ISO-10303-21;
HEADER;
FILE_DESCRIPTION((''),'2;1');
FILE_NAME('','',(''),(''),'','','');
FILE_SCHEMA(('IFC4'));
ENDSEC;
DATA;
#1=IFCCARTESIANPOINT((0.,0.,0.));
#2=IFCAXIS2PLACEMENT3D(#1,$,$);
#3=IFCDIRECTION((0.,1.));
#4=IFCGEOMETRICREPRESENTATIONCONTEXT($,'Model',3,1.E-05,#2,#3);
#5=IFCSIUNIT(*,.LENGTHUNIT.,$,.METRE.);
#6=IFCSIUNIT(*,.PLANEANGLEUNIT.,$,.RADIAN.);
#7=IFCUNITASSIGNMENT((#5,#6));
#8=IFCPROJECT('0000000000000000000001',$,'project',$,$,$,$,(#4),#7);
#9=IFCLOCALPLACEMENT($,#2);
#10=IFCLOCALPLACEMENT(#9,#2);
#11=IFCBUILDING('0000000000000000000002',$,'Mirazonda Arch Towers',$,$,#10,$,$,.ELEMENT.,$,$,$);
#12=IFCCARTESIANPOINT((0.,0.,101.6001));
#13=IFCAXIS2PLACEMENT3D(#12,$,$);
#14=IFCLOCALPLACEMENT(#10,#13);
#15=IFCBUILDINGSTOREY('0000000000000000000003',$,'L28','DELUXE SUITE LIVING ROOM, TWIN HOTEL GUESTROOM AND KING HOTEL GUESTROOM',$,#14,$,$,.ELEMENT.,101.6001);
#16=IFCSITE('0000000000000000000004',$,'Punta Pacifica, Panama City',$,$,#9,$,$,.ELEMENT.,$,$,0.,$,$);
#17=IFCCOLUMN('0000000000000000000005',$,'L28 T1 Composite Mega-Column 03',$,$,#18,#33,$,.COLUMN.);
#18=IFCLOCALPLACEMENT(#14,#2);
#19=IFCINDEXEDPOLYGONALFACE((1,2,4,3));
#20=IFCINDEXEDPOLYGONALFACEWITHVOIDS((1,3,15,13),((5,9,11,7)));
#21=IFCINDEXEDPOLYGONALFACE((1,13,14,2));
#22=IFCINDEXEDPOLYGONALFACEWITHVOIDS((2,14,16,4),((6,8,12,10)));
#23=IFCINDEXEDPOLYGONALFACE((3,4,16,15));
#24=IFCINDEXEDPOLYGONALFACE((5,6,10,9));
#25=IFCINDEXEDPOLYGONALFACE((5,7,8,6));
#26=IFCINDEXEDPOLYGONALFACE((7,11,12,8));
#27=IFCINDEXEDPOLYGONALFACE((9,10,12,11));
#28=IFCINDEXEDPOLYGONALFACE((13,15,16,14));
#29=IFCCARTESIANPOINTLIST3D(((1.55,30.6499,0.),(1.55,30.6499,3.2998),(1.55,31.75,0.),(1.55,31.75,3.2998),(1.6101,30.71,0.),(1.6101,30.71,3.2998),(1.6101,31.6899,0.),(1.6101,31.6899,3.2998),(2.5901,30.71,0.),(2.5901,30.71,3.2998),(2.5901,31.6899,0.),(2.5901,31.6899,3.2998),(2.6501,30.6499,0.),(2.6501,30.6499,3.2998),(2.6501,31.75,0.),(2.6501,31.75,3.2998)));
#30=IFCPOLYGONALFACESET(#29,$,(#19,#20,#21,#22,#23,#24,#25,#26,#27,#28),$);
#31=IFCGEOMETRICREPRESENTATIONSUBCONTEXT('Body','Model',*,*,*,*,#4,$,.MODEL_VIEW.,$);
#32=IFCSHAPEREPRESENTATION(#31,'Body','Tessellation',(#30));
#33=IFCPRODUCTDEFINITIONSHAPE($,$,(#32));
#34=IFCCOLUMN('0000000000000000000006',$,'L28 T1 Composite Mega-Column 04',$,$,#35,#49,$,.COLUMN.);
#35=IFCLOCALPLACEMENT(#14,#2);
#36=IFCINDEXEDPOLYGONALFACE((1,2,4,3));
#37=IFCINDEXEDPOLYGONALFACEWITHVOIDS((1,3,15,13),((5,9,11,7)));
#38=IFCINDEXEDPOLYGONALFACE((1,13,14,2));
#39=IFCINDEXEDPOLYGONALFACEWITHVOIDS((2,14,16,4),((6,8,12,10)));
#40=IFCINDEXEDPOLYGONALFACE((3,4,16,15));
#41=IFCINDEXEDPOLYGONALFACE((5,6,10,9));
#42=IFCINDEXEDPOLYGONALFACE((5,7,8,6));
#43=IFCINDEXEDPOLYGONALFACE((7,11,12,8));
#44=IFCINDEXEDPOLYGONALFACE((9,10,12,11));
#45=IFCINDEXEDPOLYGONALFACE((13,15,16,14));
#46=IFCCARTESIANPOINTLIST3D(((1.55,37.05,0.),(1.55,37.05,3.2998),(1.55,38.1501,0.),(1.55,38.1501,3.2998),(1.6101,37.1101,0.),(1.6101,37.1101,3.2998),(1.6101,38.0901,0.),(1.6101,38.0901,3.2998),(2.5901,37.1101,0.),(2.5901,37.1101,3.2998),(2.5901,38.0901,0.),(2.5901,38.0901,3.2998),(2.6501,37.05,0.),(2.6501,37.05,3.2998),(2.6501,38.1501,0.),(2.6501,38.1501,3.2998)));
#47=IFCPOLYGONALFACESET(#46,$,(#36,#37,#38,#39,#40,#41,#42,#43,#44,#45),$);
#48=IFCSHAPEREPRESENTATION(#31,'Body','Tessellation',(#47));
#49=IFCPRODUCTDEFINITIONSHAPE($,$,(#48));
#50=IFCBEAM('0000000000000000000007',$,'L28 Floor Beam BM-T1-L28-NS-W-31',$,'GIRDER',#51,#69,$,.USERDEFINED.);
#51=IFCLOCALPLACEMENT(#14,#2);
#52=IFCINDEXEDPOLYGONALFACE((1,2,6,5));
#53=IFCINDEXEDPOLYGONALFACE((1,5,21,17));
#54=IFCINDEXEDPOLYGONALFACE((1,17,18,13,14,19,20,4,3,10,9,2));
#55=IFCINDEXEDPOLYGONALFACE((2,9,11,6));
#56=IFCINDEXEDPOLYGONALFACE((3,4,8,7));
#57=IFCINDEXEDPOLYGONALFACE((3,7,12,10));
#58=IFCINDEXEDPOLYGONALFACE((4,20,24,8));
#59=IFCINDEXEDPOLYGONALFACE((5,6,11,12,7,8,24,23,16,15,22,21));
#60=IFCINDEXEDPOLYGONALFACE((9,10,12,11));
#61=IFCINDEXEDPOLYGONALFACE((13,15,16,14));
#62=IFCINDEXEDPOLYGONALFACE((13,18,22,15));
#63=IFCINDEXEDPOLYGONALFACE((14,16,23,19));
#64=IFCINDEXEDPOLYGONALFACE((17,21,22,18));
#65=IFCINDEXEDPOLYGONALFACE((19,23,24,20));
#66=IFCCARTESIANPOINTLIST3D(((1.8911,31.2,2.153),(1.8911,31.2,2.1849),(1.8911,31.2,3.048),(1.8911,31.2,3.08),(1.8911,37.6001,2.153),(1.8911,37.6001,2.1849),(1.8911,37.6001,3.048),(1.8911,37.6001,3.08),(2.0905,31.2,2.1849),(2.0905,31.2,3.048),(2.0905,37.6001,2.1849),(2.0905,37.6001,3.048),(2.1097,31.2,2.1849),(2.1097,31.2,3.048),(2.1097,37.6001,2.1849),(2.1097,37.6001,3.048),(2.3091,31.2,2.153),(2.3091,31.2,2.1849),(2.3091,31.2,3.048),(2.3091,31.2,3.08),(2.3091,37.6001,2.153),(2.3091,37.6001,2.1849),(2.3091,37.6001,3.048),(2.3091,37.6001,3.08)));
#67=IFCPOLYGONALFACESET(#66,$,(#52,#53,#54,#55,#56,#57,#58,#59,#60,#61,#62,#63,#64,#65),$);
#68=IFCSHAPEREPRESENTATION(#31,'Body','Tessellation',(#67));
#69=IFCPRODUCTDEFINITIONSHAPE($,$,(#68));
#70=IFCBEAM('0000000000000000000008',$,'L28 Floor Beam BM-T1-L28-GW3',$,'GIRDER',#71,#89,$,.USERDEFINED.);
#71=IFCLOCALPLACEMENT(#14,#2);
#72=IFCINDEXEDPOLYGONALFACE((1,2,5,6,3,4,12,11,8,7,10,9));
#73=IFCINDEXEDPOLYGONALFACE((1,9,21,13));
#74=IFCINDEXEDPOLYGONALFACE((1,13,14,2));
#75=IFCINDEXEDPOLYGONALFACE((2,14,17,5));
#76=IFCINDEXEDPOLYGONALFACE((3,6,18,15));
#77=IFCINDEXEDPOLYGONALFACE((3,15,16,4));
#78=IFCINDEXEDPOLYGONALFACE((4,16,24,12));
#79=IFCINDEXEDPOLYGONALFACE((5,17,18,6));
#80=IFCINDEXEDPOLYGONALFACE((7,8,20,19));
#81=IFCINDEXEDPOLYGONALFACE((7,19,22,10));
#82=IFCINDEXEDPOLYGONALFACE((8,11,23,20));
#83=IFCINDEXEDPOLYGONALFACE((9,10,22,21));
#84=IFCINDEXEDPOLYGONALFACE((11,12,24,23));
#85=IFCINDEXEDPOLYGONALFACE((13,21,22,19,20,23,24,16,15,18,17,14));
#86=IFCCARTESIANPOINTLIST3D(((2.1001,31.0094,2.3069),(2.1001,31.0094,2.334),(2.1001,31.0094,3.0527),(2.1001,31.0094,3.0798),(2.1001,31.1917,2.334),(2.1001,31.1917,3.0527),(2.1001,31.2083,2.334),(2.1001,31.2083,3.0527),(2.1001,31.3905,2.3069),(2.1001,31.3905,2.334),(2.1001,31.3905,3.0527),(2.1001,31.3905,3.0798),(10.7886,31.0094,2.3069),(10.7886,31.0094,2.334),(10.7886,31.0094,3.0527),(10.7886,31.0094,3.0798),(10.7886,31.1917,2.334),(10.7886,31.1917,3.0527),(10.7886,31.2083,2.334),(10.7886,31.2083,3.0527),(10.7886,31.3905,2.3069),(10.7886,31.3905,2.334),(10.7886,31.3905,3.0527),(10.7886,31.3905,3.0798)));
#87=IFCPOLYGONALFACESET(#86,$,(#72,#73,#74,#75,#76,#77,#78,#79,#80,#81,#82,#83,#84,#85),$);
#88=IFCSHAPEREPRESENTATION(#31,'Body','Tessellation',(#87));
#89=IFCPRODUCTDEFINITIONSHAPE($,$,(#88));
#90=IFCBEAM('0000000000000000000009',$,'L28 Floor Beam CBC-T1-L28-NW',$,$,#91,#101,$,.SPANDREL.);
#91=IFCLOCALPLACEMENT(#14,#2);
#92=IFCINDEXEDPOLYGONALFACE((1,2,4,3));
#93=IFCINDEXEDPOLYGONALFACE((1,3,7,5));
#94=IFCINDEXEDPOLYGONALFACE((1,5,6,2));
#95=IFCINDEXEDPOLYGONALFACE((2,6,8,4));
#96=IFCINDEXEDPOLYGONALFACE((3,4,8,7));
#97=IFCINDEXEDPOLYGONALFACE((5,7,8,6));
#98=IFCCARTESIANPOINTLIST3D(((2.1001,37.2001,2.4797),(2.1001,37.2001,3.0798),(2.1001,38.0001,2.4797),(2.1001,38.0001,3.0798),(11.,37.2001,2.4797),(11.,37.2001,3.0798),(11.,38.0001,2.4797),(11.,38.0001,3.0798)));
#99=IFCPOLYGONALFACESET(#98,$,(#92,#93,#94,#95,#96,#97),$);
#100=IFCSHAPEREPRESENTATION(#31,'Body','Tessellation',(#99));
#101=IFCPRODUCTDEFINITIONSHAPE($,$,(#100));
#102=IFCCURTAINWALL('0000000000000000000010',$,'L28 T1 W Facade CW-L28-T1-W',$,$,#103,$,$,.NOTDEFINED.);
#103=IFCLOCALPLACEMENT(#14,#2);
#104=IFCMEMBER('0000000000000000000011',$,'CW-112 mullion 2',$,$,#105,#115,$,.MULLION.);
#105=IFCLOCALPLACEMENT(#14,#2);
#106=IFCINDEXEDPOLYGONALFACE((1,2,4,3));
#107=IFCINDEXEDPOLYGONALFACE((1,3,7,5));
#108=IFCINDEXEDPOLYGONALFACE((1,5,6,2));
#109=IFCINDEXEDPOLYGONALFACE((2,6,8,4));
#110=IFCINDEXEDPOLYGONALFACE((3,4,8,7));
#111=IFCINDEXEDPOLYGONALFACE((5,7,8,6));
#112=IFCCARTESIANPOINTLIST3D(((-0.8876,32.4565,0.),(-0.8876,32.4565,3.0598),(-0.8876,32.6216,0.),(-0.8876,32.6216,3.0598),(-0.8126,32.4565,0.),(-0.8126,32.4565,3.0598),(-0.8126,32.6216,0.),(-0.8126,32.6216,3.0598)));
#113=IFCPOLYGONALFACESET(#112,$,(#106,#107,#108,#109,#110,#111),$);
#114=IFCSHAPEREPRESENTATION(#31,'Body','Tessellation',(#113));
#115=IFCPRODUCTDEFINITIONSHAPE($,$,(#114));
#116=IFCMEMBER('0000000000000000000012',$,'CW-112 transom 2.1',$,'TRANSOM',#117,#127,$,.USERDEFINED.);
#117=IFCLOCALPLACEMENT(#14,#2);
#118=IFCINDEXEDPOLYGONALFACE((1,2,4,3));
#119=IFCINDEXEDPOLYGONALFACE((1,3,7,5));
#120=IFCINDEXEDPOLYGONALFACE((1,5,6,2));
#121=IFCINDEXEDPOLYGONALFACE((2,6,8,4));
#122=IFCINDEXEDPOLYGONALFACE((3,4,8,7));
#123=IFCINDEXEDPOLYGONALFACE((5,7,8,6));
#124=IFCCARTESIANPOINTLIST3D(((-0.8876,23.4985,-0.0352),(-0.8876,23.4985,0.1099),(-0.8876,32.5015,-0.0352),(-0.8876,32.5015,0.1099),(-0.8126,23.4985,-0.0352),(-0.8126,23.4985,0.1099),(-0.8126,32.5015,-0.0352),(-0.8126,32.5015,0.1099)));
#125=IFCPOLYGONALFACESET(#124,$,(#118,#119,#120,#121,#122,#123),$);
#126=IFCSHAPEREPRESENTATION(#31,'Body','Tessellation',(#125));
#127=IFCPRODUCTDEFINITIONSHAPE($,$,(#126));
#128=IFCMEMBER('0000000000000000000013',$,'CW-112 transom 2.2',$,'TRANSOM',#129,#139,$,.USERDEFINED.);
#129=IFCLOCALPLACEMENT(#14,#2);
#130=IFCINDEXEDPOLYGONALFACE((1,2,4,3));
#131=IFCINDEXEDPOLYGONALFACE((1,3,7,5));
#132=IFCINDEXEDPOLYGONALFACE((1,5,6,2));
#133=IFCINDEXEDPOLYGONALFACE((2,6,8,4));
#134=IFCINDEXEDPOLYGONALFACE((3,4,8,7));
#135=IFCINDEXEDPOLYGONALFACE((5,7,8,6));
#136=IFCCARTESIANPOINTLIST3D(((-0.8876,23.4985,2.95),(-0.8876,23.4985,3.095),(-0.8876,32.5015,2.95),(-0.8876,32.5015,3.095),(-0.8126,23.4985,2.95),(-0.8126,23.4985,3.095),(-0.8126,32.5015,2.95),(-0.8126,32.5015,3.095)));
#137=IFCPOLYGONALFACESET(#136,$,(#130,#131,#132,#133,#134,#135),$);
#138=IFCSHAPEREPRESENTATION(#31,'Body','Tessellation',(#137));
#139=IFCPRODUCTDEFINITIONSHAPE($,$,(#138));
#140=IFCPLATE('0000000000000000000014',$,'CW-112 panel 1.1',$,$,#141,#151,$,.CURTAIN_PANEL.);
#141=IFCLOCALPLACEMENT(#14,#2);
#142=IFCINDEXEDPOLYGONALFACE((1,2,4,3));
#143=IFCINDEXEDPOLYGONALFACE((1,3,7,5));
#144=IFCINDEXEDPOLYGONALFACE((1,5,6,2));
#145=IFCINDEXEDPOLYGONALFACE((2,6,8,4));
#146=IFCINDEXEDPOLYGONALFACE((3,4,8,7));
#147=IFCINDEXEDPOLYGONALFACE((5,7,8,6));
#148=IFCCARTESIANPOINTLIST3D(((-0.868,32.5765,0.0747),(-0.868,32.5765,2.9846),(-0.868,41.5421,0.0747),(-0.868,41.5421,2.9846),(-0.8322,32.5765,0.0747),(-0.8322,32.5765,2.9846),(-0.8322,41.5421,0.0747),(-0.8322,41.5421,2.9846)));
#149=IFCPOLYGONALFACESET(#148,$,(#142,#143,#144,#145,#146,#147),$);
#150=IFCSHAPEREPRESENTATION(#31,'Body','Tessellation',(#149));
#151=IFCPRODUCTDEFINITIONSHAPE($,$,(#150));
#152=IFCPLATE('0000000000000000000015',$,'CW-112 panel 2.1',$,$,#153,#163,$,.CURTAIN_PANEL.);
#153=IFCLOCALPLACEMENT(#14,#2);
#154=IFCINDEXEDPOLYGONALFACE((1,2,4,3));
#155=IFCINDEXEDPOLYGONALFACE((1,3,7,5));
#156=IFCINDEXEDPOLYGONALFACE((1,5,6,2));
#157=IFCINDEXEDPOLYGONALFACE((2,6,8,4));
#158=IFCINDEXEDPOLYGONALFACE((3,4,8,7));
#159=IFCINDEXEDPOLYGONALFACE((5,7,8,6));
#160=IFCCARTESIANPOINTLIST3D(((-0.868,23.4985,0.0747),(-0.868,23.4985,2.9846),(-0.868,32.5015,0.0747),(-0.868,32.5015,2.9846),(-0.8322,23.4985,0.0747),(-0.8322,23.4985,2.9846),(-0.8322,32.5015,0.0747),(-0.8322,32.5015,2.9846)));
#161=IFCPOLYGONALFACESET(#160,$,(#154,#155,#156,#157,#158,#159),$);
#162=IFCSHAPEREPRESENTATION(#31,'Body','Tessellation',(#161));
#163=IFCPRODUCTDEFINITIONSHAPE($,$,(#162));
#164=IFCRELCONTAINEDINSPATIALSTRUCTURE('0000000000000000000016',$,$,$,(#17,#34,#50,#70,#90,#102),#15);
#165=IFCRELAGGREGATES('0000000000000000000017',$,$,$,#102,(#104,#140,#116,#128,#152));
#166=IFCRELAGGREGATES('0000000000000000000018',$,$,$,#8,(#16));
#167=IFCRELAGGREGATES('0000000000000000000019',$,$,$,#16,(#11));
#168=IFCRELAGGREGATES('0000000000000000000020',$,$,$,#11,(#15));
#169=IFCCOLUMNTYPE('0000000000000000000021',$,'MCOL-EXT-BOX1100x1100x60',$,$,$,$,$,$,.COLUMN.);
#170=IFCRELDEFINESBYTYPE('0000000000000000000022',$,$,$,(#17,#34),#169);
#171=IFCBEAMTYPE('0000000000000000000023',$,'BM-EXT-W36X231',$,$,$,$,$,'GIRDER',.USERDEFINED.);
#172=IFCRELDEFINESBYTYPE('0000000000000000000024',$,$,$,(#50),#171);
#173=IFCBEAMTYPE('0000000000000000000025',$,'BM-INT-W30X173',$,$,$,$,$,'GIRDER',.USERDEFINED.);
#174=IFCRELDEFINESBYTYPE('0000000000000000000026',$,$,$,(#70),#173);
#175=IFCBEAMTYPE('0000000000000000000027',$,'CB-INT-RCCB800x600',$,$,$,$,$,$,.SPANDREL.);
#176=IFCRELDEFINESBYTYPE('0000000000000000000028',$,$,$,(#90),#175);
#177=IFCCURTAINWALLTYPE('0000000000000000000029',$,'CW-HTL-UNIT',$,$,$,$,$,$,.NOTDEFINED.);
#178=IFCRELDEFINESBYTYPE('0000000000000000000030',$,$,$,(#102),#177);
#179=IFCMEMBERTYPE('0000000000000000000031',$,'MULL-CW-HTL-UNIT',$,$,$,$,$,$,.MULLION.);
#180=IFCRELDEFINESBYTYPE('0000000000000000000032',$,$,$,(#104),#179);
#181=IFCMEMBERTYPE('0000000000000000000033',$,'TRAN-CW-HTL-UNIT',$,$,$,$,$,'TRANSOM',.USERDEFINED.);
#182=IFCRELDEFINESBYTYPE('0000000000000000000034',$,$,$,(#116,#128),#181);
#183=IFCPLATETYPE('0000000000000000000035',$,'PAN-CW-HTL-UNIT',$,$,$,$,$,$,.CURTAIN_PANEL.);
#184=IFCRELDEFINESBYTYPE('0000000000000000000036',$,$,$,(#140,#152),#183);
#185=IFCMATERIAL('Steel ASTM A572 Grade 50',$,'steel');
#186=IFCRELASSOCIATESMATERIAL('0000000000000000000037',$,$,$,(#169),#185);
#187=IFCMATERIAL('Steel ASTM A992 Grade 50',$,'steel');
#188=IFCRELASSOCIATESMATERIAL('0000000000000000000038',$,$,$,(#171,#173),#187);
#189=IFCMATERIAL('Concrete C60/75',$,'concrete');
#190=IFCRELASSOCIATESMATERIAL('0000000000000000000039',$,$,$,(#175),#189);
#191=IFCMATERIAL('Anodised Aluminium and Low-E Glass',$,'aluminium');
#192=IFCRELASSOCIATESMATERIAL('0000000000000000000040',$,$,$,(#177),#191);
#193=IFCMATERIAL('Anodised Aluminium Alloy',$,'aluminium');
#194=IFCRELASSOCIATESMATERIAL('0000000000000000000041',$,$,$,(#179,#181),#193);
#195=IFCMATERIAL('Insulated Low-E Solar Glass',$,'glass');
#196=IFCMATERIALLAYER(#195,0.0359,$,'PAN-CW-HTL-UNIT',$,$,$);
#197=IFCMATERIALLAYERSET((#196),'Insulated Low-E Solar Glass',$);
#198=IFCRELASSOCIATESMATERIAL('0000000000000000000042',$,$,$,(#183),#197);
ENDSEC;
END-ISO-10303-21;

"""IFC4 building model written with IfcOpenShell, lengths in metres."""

from ifc_helpers import new_model, si_unit, direction, frame, origin, origin_2d, place, context, subcontext, project, spatial, rectangle, hollow_rectangle, i_section, extrude, material, layer, layer_set, material_profile, profile_set, type_object, element, aggregate, save


model = new_model("IFC4")

# Units and contexts
model_context = context("Model", 3, precision=1e-05, world=origin(), true_north=direction((0.0, 1.0)))
body_context = subcontext(model_context, "Body", "Model", "MODEL_VIEW")
ifc_project = project(units=[si_unit("LENGTHUNIT", "METRE"), si_unit("PLANEANGLEUNIT", "RADIAN")], contexts=[model_context])

# Site, building, storey
site_placement = place(None, origin())
site = spatial("IfcSite", under=ifc_project, at=site_placement, Name="Punta Pacifica, Panama City", CompositionType="ELEMENT", RefElevation=0.0)
building_placement = place(site_placement, origin())
building = spatial("IfcBuilding", under=site, at=building_placement, Name="Mirazonda Arch Towers", CompositionType="ELEMENT")
storey_placement = place(building_placement, frame((0.0, 0.0, 101.6001)))
storey = spatial("IfcBuildingStorey", under=building, at=storey_placement, Name="L28", Description="DELUXE SUITE LIVING ROOM, TWIN HOTEL GUESTROOM AND KING HOTEL GUESTROOM", CompositionType="ELEMENT", Elevation=101.6001)

# Columns
ifc_material_1 = material(Name="Steel ASTM A572 Grade 50", Category="steel")
ifc_material_profile_1 = material_profile(ifc_material_1, hollow_rectangle(XDim=1.1001, YDim=1.1001, WallThickness=0.0601, at=origin_2d()), Name="BOX1100x1100x60")
ifc_profile_set_1 = profile_set([ifc_material_profile_1], Name="Steel ASTM A572 Grade 50")
column_type = type_object("IfcColumnType", Name="MCOL-EXT-BOX1100x1100x60", PredefinedType="COLUMN", material=ifc_profile_set_1)
for number, where, z_axis, x_axis, name in (
    (1, (2.1001, 31.2, 0.0), (0.0, 0.0, 1.0), (1.0, 0.0, 0.0), "L28 T1 Composite Mega-Column 03"),
    (2, (2.1001, 37.6001, 0.0), (0.0, 0.0, 1.0), (1.0, 0.0, 0.0), "L28 T1 Composite Mega-Column 04"),
):
    element("IfcColumn", number, at=place(storey_placement, frame(where, z_axis=z_axis, x_axis=x_axis)), inside=storey, type_object=column_type, Name=name, PredefinedType="COLUMN", context=body_context, shape_type="SweptSolid", body=[
        extrude(hollow_rectangle(XDim=1.1001, YDim=1.1001, WallThickness=0.0601, at=origin_2d()), origin(), (0.0, 0.0, 1.0), 3.2998),
    ])

# Beams
ifc_material_2 = material(Name="Steel ASTM A992 Grade 50", Category="steel")
ifc_material_profile_2 = material_profile(ifc_material_2, i_section(OverallWidth=0.418, OverallDepth=0.927, WebThickness=0.0193, FlangeThickness=0.032, at=origin_2d()), Name="W36X231")
ifc_profile_set_2 = profile_set([ifc_material_profile_2], Name="Steel ASTM A992 Grade 50")
beam_type_1 = type_object("IfcBeamType", Name="BM-EXT-W36X231", ElementType="GIRDER", PredefinedType="USERDEFINED", material=ifc_profile_set_2)
beam_1_placement = place(storey_placement, frame((2.1001, 31.2, 2.6165), z_axis=(0.0, 1.0, 0.0), x_axis=(-1.0, 0.0, 0.0)))
element("IfcBeam", 3, at=beam_1_placement, inside=storey, type_object=beam_type_1, Name="L28 Floor Beam BM-T1-L28-NS-W-31", ObjectType="GIRDER", PredefinedType="USERDEFINED", context=body_context, shape_type="SweptSolid", body=[
    extrude(i_section(OverallWidth=0.418, OverallDepth=0.927, WebThickness=0.0193, FlangeThickness=0.032, at=origin_2d()), origin(), (0.0, 0.0, 1.0), 6.4001),
])
ifc_material_profile_3 = material_profile(ifc_material_2, i_section(OverallWidth=0.3811, OverallDepth=0.7729, WebThickness=0.0166, FlangeThickness=0.0271, at=origin_2d()), Name="W30X173")
ifc_profile_set_3 = profile_set([ifc_material_profile_3], Name="Steel ASTM A992 Grade 50")
beam_type_2 = type_object("IfcBeamType", Name="BM-INT-W30X173", ElementType="GIRDER", PredefinedType="USERDEFINED", material=ifc_profile_set_3)
beam_2_placement = place(storey_placement, frame((2.1001, 31.2, 2.6934), z_axis=(1.0, 0.0, 0.0), x_axis=(0.0, 1.0, 0.0)))
element("IfcBeam", 4, at=beam_2_placement, inside=storey, type_object=beam_type_2, Name="L28 Floor Beam BM-T1-L28-GW3", ObjectType="GIRDER", PredefinedType="USERDEFINED", context=body_context, shape_type="SweptSolid", body=[
    extrude(i_section(OverallWidth=0.3811, OverallDepth=0.7729, WebThickness=0.0166, FlangeThickness=0.0271, at=origin_2d()), origin(), (0.0, 0.0, 1.0), 8.6885),
])
ifc_material_3 = material(Name="Concrete C60/75", Category="concrete")
ifc_material_profile_4 = material_profile(ifc_material_3, rectangle(XDim=0.8, YDim=0.6001, at=origin_2d()), Name="RCCB800x600")
ifc_profile_set_4 = profile_set([ifc_material_profile_4], Name="Concrete C60/75")
beam_type_3 = type_object("IfcBeamType", Name="CB-INT-RCCB800x600", PredefinedType="SPANDREL", material=ifc_profile_set_4)
beam_3_placement = place(storey_placement, frame((2.1001, 37.6001, 2.7798), z_axis=(1.0, 0.0, 0.0), x_axis=(0.0, 1.0, 0.0)))
element("IfcBeam", 5, at=beam_3_placement, inside=storey, type_object=beam_type_3, Name="L28 Floor Beam CBC-T1-L28-NW", PredefinedType="SPANDREL", context=body_context, shape_type="SweptSolid", body=[
    extrude(rectangle(XDim=0.8, YDim=0.6001, at=origin_2d()), origin(), (0.0, 0.0, 1.0), 8.8999),
])

# Curtain wall, members, plates
ifc_material_4 = material(Name="Anodised Aluminium and Low-E Glass", Category="aluminium")
curtain_wall_type = type_object("IfcCurtainWallType", Name="CW-HTL-UNIT", PredefinedType="NOTDEFINED", material=ifc_material_4)
curtain_wall_placement = place(storey_placement, origin())
curtain_wall = element("IfcCurtainWall", 6, at=curtain_wall_placement, inside=storey, type_object=curtain_wall_type, Name="L28 T1 W Facade CW-L28-T1-W", PredefinedType="NOTDEFINED")
ifc_material_5 = material(Name="Anodised Aluminium Alloy", Category="aluminium")
ifc_material_profile_5 = material_profile(ifc_material_5, rectangle(XDim=0.075, YDim=0.165, at=origin_2d()), Name="ALU-MULL-75x165")
ifc_profile_set_5 = profile_set([ifc_material_profile_5], Name="Anodised Aluminium Alloy")
member_type_1 = type_object("IfcMemberType", Name="MULL-CW-HTL-UNIT", PredefinedType="MULLION", material=ifc_profile_set_5)
member_1_placement = place(storey_placement, frame((-0.8501, 32.5391, 0.0), z_axis=(0.0, 0.0, 1.0), x_axis=(1.0, 0.0, 0.0)))
member_1 = element("IfcMember", 7, at=member_1_placement, type_object=member_type_1, Name="CW-112 mullion 2", PredefinedType="MULLION", context=body_context, shape_type="SweptSolid", body=[
    extrude(rectangle(XDim=0.075, YDim=0.165, at=origin_2d()), origin(), (0.0, 0.0, 1.0), 3.0598),
])
ifc_material_profile_6 = material_profile(ifc_material_5, rectangle(XDim=0.075, YDim=0.145, at=origin_2d()), Name="ALU-TRAN-75x145")
ifc_profile_set_6 = profile_set([ifc_material_profile_6], Name="Anodised Aluminium Alloy")
member_type_2 = type_object("IfcMemberType", Name="TRAN-CW-HTL-UNIT", ElementType="TRANSOM", PredefinedType="USERDEFINED", material=ifc_profile_set_6)
member_2_placement = place(storey_placement, frame((-0.8501, 32.5015, 0.0374), z_axis=(0.0, -1.0, 0.0), x_axis=(1.0, 0.0, 0.0)))
member_2 = element("IfcMember", 8, at=member_2_placement, type_object=member_type_2, Name="CW-112 transom 2.1", ObjectType="TRANSOM", PredefinedType="USERDEFINED", context=body_context, shape_type="SweptSolid", body=[
    extrude(rectangle(XDim=0.075, YDim=0.145, at=origin_2d()), origin(), (0.0, 0.0, 1.0), 9.0029),
])
member_3_placement = place(storey_placement, frame((-0.8501, 32.5015, 3.0225), z_axis=(0.0, -1.0, 0.0), x_axis=(1.0, 0.0, 0.0)))
member_3 = element("IfcMember", 9, at=member_3_placement, type_object=member_type_2, Name="CW-112 transom 2.2", ObjectType="TRANSOM", PredefinedType="USERDEFINED", context=body_context, shape_type="SweptSolid", body=[
    extrude(rectangle(XDim=0.075, YDim=0.145, at=origin_2d()), origin(), (0.0, 0.0, 1.0), 9.0029),
])
ifc_material_6 = material(Name="Insulated Low-E Solar Glass", Category="glass")
ifc_layer_1 = layer(ifc_material_6, 0.0359, Name="PAN-CW-HTL-UNIT")
ifc_layer_set_1 = layer_set([ifc_layer_1], Name="Insulated Low-E Solar Glass")
plate_type = type_object("IfcPlateType", Name="PAN-CW-HTL-UNIT", PredefinedType="CURTAIN_PANEL", material=ifc_layer_set_1)
plate_1_placement = place(storey_placement, frame((-0.8501, 37.0593, 0.0747), z_axis=(0.0, 0.0, 1.0), x_axis=(0.0, -1.0, 0.0)))
plate_1 = element("IfcPlate", 10, at=plate_1_placement, type_object=plate_type, Name="CW-112 panel 1.1", PredefinedType="CURTAIN_PANEL", context=body_context, shape_type="SweptSolid", body=[
    extrude(rectangle(XDim=8.9656, YDim=0.0359, at=origin_2d()), origin(), (0.0, 0.0, 1.0), 2.9099),
])
plate_2_placement = place(storey_placement, frame((-0.8501, 28.0, 0.0747), z_axis=(0.0, 0.0, 1.0), x_axis=(0.0, -1.0, 0.0)))
plate_2 = element("IfcPlate", 11, at=plate_2_placement, type_object=plate_type, Name="CW-112 panel 2.1", PredefinedType="CURTAIN_PANEL", context=body_context, shape_type="SweptSolid", body=[
    extrude(rectangle(XDim=9.0029, YDim=0.0359, at=origin_2d()), origin(), (0.0, 0.0, 1.0), 2.9099),
])
aggregate(curtain_wall, [member_1, plate_1, member_2, member_3, plate_2])

save(model, "model.ifc")
